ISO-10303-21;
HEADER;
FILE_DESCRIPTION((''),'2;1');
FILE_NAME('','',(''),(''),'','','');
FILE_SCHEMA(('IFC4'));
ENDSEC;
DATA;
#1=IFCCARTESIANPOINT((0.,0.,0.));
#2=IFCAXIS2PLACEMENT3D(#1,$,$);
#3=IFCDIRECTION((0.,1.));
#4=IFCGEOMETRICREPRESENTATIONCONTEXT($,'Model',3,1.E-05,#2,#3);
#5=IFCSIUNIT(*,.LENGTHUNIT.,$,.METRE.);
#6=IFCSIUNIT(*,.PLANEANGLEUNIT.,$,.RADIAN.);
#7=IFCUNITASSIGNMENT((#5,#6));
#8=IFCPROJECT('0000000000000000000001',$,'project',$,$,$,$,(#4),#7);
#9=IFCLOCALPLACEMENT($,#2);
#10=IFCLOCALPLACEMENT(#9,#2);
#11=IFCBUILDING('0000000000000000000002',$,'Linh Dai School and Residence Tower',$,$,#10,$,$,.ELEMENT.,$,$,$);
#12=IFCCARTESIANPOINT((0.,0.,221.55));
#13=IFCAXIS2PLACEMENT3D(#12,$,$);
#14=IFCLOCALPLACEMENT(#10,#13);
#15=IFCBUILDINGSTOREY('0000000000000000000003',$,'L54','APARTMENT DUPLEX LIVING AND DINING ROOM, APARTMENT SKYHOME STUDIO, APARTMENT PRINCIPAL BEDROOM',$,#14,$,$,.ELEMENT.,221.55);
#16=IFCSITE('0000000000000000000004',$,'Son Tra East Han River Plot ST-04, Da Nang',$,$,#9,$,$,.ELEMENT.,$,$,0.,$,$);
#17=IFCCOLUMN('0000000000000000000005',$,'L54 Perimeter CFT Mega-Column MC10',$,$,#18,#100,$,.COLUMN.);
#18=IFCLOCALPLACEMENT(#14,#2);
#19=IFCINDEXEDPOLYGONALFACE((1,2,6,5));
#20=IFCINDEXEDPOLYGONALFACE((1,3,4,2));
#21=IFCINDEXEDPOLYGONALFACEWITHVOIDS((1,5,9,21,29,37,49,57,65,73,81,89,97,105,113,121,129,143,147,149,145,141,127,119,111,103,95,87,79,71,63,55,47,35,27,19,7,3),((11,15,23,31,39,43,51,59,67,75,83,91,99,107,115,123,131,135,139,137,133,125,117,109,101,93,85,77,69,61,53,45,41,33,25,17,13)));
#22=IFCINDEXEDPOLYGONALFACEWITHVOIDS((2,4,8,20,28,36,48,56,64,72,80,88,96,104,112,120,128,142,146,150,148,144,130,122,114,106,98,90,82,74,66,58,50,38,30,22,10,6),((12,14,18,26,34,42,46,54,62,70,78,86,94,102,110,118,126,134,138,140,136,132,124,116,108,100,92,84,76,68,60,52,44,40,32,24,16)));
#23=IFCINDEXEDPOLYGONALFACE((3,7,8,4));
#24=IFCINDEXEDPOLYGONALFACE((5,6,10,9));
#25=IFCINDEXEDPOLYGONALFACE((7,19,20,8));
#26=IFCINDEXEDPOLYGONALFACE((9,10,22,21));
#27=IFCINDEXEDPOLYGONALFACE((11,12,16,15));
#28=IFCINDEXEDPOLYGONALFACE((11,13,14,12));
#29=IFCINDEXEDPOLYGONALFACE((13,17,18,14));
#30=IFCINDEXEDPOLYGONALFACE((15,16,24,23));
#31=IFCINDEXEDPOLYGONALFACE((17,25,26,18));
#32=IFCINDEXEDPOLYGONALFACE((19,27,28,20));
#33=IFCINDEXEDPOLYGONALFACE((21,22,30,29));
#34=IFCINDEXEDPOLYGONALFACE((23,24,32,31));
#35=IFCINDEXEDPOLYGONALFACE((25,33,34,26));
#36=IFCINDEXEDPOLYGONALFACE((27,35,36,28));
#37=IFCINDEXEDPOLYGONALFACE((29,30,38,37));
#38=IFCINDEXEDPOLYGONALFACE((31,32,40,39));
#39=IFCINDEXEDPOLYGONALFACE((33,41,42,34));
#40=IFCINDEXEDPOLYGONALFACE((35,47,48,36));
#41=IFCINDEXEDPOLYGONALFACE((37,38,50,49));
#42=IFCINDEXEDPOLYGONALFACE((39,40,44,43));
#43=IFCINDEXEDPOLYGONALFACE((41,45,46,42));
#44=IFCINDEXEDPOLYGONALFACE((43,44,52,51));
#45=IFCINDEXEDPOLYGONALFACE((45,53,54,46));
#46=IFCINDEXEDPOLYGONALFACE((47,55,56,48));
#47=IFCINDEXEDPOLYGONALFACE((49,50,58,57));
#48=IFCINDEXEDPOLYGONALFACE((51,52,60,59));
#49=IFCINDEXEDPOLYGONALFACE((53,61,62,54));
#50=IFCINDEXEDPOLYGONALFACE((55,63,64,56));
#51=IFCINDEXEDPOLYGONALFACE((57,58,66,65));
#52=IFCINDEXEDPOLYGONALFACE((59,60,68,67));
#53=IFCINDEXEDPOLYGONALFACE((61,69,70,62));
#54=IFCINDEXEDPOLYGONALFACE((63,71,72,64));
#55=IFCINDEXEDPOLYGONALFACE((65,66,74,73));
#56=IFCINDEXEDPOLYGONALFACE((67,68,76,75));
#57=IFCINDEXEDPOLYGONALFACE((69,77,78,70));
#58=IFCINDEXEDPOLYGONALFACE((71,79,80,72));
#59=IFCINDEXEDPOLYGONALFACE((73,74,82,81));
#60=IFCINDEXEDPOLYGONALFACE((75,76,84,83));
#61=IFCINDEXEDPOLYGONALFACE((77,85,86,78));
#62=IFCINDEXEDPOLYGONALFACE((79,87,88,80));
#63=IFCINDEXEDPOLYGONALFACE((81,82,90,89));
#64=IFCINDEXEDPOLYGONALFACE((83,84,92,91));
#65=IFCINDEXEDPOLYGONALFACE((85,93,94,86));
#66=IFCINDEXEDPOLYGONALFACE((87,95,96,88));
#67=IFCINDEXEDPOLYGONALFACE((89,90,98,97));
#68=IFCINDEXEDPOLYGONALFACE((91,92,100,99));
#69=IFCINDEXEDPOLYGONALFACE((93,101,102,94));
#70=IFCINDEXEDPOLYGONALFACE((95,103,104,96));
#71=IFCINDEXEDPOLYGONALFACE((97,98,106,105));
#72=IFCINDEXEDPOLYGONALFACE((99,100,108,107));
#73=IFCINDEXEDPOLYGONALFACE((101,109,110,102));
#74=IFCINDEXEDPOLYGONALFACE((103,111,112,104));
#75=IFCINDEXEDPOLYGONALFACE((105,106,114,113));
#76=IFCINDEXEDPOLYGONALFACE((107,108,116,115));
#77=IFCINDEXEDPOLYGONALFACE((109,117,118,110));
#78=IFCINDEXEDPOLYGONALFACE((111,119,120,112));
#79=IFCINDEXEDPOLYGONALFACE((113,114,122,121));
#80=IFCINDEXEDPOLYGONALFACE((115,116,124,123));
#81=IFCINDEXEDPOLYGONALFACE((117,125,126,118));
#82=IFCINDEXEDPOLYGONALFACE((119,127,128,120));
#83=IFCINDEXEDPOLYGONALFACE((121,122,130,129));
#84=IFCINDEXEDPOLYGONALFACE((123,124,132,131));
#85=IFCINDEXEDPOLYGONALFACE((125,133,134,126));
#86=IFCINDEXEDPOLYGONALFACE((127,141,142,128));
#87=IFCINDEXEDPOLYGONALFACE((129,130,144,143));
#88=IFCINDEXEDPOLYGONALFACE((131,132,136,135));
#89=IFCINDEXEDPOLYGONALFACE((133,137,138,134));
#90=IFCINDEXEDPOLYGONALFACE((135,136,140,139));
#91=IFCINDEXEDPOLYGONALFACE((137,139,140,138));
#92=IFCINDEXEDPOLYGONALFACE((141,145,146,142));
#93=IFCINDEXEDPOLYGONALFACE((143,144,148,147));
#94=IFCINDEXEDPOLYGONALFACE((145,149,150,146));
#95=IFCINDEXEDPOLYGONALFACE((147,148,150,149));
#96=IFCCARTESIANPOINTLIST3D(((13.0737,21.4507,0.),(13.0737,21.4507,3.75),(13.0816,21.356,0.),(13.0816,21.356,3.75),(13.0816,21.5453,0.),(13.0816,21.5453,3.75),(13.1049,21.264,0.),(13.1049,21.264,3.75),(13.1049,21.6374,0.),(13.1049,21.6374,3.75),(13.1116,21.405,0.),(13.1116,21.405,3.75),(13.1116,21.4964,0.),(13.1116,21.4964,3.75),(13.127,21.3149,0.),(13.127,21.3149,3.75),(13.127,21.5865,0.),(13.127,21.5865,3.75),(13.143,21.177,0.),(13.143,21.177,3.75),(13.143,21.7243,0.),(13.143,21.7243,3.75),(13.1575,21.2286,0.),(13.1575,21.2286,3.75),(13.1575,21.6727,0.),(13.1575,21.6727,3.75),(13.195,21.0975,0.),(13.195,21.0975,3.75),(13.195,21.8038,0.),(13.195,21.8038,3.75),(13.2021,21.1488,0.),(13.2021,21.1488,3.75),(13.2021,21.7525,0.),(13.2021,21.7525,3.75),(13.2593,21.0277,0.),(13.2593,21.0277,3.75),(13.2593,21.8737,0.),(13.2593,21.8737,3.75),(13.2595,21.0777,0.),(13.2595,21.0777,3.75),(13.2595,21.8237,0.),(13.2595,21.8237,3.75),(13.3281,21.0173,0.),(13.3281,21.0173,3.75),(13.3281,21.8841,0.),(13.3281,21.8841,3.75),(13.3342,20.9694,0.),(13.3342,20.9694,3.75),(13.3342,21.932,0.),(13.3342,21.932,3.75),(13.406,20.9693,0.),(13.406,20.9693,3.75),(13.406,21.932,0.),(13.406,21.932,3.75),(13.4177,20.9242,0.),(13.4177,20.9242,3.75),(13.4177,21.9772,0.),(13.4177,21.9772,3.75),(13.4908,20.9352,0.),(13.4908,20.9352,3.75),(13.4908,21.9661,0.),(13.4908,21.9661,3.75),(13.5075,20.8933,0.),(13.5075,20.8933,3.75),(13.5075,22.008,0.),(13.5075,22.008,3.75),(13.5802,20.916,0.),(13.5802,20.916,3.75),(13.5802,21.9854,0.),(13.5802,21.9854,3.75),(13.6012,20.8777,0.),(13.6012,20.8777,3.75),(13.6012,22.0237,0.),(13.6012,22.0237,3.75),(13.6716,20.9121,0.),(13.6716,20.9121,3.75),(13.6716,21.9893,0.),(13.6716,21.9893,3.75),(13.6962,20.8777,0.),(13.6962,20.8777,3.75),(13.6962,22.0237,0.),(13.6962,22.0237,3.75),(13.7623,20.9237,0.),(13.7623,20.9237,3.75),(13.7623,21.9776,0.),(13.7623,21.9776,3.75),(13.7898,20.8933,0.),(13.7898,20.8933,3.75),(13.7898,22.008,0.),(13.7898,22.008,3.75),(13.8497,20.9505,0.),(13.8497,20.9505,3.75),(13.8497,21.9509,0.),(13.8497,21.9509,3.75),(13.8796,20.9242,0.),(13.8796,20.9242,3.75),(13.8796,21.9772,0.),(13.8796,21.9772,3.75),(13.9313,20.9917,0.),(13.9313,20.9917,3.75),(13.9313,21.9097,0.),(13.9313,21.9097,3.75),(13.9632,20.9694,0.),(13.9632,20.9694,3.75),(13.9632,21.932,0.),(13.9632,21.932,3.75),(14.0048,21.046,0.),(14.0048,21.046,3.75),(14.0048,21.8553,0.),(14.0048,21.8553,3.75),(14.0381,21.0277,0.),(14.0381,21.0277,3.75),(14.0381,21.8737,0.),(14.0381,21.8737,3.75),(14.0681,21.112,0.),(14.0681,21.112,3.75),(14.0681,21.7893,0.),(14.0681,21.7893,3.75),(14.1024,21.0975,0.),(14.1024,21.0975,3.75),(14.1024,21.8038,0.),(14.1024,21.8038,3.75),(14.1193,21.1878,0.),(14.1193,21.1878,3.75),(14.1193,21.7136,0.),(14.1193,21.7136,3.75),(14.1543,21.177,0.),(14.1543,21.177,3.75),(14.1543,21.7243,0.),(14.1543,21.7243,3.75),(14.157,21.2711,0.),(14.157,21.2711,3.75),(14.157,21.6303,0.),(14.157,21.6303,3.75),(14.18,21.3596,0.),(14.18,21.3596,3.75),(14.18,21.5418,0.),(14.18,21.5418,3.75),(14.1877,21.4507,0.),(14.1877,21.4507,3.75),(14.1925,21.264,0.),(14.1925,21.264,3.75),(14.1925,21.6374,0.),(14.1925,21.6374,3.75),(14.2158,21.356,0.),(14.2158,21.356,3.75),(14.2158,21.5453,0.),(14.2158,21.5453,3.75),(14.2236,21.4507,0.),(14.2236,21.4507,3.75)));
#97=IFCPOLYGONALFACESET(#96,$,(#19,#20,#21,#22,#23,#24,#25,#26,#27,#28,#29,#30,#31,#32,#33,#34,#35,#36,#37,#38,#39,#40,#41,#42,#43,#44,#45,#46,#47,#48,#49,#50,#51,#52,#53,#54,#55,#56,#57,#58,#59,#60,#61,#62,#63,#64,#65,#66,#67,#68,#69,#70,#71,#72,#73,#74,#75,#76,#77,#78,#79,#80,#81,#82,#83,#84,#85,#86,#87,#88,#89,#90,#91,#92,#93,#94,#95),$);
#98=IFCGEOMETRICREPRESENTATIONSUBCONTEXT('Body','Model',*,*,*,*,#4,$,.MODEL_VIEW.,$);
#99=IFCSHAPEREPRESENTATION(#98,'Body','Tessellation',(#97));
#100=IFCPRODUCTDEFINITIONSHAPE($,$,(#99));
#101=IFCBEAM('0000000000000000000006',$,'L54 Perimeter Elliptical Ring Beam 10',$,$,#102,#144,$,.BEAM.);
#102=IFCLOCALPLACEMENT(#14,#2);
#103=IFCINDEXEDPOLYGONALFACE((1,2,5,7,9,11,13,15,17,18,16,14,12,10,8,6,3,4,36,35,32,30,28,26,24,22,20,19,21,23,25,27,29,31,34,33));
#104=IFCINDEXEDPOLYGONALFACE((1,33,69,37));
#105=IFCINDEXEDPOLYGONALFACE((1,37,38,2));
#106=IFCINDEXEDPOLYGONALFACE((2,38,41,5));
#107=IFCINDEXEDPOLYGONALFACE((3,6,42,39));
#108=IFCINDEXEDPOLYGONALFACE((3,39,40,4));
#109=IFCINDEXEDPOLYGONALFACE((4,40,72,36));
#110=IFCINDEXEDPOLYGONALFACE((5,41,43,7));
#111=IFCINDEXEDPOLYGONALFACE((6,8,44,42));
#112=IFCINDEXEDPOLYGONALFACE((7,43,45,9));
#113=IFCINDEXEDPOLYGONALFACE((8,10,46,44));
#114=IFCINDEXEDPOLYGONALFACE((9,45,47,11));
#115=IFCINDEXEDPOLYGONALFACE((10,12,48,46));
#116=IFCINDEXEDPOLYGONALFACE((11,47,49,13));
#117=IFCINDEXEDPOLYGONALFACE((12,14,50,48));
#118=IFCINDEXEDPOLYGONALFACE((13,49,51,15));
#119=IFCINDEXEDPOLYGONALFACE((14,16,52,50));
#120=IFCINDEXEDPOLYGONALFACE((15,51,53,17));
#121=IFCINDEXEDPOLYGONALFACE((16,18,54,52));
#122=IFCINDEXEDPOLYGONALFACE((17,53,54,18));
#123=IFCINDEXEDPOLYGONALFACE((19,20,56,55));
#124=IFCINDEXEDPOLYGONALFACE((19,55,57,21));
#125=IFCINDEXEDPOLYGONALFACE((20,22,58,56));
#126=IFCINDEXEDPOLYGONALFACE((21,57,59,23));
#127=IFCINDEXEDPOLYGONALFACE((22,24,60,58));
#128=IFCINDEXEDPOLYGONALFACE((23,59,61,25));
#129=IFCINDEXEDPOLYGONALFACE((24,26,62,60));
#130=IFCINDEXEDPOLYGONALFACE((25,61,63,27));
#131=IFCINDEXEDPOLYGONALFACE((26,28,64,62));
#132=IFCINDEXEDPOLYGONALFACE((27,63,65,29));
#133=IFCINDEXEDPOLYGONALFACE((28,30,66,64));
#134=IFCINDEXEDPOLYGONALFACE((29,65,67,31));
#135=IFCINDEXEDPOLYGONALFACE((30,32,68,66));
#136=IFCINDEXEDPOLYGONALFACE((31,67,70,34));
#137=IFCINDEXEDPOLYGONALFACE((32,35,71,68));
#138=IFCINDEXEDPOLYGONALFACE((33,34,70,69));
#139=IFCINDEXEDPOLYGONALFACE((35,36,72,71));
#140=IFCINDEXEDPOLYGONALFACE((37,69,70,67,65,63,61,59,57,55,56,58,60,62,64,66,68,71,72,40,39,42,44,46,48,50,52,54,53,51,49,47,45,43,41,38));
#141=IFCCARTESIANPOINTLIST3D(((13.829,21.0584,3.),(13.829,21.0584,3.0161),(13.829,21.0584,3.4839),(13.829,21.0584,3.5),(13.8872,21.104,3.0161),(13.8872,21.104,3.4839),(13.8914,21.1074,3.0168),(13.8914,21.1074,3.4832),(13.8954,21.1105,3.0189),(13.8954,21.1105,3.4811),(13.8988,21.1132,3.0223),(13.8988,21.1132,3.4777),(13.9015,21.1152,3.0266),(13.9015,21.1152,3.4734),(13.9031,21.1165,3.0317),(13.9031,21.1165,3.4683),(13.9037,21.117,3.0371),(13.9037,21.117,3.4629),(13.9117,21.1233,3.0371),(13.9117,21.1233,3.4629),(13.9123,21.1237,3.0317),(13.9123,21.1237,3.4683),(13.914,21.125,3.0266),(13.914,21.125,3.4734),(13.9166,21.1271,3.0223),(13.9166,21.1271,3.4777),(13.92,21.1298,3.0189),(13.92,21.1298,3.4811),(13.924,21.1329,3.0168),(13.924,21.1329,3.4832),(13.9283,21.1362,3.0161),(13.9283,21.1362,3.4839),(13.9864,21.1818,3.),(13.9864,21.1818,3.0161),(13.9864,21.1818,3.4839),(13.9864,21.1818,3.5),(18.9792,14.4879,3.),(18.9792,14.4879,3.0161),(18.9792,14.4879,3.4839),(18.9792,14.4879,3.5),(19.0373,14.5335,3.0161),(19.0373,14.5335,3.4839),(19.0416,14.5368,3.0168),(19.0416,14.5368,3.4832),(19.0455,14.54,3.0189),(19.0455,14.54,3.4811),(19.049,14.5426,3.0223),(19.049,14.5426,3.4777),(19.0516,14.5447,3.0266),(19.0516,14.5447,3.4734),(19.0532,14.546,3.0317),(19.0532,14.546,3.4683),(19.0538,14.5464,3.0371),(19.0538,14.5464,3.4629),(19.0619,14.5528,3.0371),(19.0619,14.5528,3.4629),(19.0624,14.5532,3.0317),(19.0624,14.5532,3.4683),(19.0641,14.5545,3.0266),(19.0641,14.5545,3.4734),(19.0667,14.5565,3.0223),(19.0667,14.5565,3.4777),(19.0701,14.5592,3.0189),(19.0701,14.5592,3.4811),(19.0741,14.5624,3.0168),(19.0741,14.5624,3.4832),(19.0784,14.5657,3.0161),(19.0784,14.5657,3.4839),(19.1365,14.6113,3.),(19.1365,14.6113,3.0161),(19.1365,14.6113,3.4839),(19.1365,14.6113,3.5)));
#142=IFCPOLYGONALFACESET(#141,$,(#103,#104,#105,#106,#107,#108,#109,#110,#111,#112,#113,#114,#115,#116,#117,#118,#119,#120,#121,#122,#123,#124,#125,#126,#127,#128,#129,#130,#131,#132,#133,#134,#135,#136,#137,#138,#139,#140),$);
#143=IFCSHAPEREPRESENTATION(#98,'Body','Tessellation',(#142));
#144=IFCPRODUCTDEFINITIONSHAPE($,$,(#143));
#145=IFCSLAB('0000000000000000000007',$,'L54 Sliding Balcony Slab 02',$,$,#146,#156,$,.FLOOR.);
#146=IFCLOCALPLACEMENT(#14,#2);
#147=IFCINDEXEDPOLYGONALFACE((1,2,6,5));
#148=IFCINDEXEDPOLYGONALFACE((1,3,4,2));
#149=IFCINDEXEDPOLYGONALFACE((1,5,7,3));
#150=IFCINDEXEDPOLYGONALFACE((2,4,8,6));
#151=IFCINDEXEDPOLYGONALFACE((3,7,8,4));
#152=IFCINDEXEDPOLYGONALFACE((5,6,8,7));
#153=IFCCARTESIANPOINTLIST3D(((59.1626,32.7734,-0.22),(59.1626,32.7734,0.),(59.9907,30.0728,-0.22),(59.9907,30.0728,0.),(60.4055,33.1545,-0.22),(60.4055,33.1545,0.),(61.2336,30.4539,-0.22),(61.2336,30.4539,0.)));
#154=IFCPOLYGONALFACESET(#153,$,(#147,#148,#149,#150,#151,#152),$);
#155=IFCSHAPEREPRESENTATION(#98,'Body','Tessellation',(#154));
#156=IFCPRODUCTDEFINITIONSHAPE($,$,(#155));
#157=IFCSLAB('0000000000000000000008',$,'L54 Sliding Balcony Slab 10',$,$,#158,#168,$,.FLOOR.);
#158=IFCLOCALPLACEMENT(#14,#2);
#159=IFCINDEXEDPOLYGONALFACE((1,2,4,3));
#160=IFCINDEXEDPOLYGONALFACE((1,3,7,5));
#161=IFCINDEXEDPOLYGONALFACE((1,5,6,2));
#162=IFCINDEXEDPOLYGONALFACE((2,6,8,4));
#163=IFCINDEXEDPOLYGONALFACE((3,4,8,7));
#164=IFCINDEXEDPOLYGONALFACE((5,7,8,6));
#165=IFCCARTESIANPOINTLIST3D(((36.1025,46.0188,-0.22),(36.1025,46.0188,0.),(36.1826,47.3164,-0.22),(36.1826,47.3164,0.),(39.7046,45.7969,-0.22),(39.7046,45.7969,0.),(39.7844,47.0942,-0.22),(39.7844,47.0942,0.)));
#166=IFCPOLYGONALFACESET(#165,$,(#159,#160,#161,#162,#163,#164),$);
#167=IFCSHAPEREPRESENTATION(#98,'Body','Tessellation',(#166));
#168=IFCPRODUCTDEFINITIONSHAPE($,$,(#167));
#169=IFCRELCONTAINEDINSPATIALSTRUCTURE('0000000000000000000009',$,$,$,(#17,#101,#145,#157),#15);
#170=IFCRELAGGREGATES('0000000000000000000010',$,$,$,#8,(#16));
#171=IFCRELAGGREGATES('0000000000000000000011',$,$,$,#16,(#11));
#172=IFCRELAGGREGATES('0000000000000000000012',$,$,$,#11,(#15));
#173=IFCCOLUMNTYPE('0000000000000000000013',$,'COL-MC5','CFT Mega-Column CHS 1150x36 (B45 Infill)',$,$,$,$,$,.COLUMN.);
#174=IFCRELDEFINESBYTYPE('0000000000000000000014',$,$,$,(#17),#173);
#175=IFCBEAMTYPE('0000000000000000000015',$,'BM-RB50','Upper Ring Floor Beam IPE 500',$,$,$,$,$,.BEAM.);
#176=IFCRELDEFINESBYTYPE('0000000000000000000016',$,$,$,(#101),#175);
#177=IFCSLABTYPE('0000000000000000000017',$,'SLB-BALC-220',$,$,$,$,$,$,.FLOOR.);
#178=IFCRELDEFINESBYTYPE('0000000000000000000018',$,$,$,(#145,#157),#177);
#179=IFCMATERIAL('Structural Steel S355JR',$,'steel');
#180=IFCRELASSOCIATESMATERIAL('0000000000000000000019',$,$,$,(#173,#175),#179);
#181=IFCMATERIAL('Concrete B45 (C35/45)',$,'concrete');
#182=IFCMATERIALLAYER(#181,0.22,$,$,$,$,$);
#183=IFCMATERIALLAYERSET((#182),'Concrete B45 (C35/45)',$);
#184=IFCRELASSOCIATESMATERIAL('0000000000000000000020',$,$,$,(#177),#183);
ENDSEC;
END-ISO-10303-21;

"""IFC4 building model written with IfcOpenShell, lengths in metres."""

from ifc_helpers import new_model, si_unit, direction, frame, origin, origin_2d, place, context, subcontext, project, spatial, polyline, hollow_circle, i_section, outline, extrude, material, layer, layer_set, material_profile, profile_set, type_object, element, save


model = new_model("IFC4")

# Units and contexts
model_context = context("Model", 3, precision=1e-05, world=origin(), true_north=direction((0.0, 1.0)))
body_context = subcontext(model_context, "Body", "Model", "MODEL_VIEW")
ifc_project = project(units=[si_unit("LENGTHUNIT", "METRE"), si_unit("PLANEANGLEUNIT", "RADIAN")], contexts=[model_context])

# Site, building, storey
site_placement = place(None, origin())
site = spatial("IfcSite", under=ifc_project, at=site_placement, Name="Son Tra East Han River Plot ST-04, Da Nang", CompositionType="ELEMENT", RefElevation=0.0)
building_placement = place(site_placement, origin())
building = spatial("IfcBuilding", under=site, at=building_placement, Name="Linh Dai School and Residence Tower", CompositionType="ELEMENT")
storey_placement = place(building_placement, frame((0.0, 0.0, 221.55)))
storey = spatial("IfcBuildingStorey", under=building, at=storey_placement, Name="L54", Description="APARTMENT DUPLEX LIVING AND DINING ROOM, APARTMENT SKYHOME STUDIO, APARTMENT PRINCIPAL BEDROOM", CompositionType="ELEMENT", Elevation=221.55)

# Column
ifc_material_1 = material(Name="Structural Steel S355JR", Category="steel")
ifc_material_profile_1 = material_profile(ifc_material_1, hollow_circle(Radius=0.575, WallThickness=0.0359, at=origin_2d()), Name="CHS 1150x36")
ifc_profile_set_1 = profile_set([ifc_material_profile_1], Name="Structural Steel S355JR")
column_type = type_object("IfcColumnType", Name="COL-MC5", Description="CFT Mega-Column CHS 1150x36 (B45 Infill)", PredefinedType="COLUMN", material=ifc_profile_set_1)
column_placement = place(storey_placement, frame((13.6487, 21.4507, 0.0), z_axis=(0.0, 0.0, 1.0), x_axis=(1.0, 0.0, 0.0)))
element("IfcColumn", 1, at=column_placement, inside=storey, type_object=column_type, Name="L54 Perimeter CFT Mega-Column MC10", PredefinedType="COLUMN", context=body_context, shape_type="SweptSolid", body=[
    extrude(hollow_circle(Radius=0.575, WallThickness=0.0359, at=origin_2d()), origin(), (0.0, 0.0, 1.0), 3.75),
])

# Beam
ifc_material_profile_2 = material_profile(ifc_material_1, i_section(OverallWidth=0.2, OverallDepth=0.5, WebThickness=0.0103, FlangeThickness=0.0161, FilletRadius=0.021, at=origin_2d()), Name="IPE 500")
ifc_profile_set_2 = profile_set([ifc_material_profile_2], Name="Structural Steel S355JR")
beam_type = type_object("IfcBeamType", Name="BM-RB50", Description="Upper Ring Floor Beam IPE 500", PredefinedType="BEAM", material=ifc_profile_set_2)
beam_placement = place(storey_placement, frame((13.9077, 21.1201, 3.25), z_axis=(0.6169, -0.787041, 0.0), x_axis=(0.787041, 0.6169, 0.0)))
element("IfcBeam", 2, at=beam_placement, inside=storey, type_object=beam_type, Name="L54 Perimeter Elliptical Ring Beam 10", PredefinedType="BEAM", context=body_context, shape_type="SweptSolid", body=[
    extrude(i_section(OverallWidth=0.2, OverallDepth=0.5, WebThickness=0.0103, FlangeThickness=0.0161, FilletRadius=0.021, at=origin_2d()), origin(), (0.0, 0.0, 1.0), 8.3484),
])

# Slabs
ifc_material_2 = material(Name="Concrete B45 (C35/45)", Category="concrete")
ifc_layer_1 = layer(ifc_material_2, 0.22)
ifc_layer_set_1 = layer_set([ifc_layer_1], Name="Concrete B45 (C35/45)")
slab_type_1 = type_object("IfcSlabType", Name="SLB-BALC-220", PredefinedType="FLOOR", material=ifc_layer_set_1)
slab_1_placement = place(storey_placement, frame((0.0, 0.0, -0.22)))
element("IfcSlab", 3, at=slab_1_placement, inside=storey, type_object=slab_type_1, Name="L54 Sliding Balcony Slab 02", PredefinedType="FLOOR", context=body_context, shape_type="SweptSolid", body=[
    extrude(outline(polyline([(59.1626, 32.7734), (59.9907, 30.0728), (61.2336, 30.4539), (60.4055, 33.1545), (59.1626, 32.7734)])), origin(), (0.0, 0.0, 1.0), 0.22),
])
slab_2_placement = place(storey_placement, frame((0.0, 0.0, -0.22)))
element("IfcSlab", 4, at=slab_2_placement, inside=storey, type_object=slab_type_1, Name="L54 Sliding Balcony Slab 10", PredefinedType="FLOOR", context=body_context, shape_type="SweptSolid", body=[
    extrude(outline(polyline([(36.1025, 46.0188), (39.7046, 45.7969), (39.7844, 47.0942), (36.1826, 47.3164), (36.1025, 46.0188)])), origin(), (0.0, 0.0, 1.0), 0.22),
])

save(model, "model.ifc")
